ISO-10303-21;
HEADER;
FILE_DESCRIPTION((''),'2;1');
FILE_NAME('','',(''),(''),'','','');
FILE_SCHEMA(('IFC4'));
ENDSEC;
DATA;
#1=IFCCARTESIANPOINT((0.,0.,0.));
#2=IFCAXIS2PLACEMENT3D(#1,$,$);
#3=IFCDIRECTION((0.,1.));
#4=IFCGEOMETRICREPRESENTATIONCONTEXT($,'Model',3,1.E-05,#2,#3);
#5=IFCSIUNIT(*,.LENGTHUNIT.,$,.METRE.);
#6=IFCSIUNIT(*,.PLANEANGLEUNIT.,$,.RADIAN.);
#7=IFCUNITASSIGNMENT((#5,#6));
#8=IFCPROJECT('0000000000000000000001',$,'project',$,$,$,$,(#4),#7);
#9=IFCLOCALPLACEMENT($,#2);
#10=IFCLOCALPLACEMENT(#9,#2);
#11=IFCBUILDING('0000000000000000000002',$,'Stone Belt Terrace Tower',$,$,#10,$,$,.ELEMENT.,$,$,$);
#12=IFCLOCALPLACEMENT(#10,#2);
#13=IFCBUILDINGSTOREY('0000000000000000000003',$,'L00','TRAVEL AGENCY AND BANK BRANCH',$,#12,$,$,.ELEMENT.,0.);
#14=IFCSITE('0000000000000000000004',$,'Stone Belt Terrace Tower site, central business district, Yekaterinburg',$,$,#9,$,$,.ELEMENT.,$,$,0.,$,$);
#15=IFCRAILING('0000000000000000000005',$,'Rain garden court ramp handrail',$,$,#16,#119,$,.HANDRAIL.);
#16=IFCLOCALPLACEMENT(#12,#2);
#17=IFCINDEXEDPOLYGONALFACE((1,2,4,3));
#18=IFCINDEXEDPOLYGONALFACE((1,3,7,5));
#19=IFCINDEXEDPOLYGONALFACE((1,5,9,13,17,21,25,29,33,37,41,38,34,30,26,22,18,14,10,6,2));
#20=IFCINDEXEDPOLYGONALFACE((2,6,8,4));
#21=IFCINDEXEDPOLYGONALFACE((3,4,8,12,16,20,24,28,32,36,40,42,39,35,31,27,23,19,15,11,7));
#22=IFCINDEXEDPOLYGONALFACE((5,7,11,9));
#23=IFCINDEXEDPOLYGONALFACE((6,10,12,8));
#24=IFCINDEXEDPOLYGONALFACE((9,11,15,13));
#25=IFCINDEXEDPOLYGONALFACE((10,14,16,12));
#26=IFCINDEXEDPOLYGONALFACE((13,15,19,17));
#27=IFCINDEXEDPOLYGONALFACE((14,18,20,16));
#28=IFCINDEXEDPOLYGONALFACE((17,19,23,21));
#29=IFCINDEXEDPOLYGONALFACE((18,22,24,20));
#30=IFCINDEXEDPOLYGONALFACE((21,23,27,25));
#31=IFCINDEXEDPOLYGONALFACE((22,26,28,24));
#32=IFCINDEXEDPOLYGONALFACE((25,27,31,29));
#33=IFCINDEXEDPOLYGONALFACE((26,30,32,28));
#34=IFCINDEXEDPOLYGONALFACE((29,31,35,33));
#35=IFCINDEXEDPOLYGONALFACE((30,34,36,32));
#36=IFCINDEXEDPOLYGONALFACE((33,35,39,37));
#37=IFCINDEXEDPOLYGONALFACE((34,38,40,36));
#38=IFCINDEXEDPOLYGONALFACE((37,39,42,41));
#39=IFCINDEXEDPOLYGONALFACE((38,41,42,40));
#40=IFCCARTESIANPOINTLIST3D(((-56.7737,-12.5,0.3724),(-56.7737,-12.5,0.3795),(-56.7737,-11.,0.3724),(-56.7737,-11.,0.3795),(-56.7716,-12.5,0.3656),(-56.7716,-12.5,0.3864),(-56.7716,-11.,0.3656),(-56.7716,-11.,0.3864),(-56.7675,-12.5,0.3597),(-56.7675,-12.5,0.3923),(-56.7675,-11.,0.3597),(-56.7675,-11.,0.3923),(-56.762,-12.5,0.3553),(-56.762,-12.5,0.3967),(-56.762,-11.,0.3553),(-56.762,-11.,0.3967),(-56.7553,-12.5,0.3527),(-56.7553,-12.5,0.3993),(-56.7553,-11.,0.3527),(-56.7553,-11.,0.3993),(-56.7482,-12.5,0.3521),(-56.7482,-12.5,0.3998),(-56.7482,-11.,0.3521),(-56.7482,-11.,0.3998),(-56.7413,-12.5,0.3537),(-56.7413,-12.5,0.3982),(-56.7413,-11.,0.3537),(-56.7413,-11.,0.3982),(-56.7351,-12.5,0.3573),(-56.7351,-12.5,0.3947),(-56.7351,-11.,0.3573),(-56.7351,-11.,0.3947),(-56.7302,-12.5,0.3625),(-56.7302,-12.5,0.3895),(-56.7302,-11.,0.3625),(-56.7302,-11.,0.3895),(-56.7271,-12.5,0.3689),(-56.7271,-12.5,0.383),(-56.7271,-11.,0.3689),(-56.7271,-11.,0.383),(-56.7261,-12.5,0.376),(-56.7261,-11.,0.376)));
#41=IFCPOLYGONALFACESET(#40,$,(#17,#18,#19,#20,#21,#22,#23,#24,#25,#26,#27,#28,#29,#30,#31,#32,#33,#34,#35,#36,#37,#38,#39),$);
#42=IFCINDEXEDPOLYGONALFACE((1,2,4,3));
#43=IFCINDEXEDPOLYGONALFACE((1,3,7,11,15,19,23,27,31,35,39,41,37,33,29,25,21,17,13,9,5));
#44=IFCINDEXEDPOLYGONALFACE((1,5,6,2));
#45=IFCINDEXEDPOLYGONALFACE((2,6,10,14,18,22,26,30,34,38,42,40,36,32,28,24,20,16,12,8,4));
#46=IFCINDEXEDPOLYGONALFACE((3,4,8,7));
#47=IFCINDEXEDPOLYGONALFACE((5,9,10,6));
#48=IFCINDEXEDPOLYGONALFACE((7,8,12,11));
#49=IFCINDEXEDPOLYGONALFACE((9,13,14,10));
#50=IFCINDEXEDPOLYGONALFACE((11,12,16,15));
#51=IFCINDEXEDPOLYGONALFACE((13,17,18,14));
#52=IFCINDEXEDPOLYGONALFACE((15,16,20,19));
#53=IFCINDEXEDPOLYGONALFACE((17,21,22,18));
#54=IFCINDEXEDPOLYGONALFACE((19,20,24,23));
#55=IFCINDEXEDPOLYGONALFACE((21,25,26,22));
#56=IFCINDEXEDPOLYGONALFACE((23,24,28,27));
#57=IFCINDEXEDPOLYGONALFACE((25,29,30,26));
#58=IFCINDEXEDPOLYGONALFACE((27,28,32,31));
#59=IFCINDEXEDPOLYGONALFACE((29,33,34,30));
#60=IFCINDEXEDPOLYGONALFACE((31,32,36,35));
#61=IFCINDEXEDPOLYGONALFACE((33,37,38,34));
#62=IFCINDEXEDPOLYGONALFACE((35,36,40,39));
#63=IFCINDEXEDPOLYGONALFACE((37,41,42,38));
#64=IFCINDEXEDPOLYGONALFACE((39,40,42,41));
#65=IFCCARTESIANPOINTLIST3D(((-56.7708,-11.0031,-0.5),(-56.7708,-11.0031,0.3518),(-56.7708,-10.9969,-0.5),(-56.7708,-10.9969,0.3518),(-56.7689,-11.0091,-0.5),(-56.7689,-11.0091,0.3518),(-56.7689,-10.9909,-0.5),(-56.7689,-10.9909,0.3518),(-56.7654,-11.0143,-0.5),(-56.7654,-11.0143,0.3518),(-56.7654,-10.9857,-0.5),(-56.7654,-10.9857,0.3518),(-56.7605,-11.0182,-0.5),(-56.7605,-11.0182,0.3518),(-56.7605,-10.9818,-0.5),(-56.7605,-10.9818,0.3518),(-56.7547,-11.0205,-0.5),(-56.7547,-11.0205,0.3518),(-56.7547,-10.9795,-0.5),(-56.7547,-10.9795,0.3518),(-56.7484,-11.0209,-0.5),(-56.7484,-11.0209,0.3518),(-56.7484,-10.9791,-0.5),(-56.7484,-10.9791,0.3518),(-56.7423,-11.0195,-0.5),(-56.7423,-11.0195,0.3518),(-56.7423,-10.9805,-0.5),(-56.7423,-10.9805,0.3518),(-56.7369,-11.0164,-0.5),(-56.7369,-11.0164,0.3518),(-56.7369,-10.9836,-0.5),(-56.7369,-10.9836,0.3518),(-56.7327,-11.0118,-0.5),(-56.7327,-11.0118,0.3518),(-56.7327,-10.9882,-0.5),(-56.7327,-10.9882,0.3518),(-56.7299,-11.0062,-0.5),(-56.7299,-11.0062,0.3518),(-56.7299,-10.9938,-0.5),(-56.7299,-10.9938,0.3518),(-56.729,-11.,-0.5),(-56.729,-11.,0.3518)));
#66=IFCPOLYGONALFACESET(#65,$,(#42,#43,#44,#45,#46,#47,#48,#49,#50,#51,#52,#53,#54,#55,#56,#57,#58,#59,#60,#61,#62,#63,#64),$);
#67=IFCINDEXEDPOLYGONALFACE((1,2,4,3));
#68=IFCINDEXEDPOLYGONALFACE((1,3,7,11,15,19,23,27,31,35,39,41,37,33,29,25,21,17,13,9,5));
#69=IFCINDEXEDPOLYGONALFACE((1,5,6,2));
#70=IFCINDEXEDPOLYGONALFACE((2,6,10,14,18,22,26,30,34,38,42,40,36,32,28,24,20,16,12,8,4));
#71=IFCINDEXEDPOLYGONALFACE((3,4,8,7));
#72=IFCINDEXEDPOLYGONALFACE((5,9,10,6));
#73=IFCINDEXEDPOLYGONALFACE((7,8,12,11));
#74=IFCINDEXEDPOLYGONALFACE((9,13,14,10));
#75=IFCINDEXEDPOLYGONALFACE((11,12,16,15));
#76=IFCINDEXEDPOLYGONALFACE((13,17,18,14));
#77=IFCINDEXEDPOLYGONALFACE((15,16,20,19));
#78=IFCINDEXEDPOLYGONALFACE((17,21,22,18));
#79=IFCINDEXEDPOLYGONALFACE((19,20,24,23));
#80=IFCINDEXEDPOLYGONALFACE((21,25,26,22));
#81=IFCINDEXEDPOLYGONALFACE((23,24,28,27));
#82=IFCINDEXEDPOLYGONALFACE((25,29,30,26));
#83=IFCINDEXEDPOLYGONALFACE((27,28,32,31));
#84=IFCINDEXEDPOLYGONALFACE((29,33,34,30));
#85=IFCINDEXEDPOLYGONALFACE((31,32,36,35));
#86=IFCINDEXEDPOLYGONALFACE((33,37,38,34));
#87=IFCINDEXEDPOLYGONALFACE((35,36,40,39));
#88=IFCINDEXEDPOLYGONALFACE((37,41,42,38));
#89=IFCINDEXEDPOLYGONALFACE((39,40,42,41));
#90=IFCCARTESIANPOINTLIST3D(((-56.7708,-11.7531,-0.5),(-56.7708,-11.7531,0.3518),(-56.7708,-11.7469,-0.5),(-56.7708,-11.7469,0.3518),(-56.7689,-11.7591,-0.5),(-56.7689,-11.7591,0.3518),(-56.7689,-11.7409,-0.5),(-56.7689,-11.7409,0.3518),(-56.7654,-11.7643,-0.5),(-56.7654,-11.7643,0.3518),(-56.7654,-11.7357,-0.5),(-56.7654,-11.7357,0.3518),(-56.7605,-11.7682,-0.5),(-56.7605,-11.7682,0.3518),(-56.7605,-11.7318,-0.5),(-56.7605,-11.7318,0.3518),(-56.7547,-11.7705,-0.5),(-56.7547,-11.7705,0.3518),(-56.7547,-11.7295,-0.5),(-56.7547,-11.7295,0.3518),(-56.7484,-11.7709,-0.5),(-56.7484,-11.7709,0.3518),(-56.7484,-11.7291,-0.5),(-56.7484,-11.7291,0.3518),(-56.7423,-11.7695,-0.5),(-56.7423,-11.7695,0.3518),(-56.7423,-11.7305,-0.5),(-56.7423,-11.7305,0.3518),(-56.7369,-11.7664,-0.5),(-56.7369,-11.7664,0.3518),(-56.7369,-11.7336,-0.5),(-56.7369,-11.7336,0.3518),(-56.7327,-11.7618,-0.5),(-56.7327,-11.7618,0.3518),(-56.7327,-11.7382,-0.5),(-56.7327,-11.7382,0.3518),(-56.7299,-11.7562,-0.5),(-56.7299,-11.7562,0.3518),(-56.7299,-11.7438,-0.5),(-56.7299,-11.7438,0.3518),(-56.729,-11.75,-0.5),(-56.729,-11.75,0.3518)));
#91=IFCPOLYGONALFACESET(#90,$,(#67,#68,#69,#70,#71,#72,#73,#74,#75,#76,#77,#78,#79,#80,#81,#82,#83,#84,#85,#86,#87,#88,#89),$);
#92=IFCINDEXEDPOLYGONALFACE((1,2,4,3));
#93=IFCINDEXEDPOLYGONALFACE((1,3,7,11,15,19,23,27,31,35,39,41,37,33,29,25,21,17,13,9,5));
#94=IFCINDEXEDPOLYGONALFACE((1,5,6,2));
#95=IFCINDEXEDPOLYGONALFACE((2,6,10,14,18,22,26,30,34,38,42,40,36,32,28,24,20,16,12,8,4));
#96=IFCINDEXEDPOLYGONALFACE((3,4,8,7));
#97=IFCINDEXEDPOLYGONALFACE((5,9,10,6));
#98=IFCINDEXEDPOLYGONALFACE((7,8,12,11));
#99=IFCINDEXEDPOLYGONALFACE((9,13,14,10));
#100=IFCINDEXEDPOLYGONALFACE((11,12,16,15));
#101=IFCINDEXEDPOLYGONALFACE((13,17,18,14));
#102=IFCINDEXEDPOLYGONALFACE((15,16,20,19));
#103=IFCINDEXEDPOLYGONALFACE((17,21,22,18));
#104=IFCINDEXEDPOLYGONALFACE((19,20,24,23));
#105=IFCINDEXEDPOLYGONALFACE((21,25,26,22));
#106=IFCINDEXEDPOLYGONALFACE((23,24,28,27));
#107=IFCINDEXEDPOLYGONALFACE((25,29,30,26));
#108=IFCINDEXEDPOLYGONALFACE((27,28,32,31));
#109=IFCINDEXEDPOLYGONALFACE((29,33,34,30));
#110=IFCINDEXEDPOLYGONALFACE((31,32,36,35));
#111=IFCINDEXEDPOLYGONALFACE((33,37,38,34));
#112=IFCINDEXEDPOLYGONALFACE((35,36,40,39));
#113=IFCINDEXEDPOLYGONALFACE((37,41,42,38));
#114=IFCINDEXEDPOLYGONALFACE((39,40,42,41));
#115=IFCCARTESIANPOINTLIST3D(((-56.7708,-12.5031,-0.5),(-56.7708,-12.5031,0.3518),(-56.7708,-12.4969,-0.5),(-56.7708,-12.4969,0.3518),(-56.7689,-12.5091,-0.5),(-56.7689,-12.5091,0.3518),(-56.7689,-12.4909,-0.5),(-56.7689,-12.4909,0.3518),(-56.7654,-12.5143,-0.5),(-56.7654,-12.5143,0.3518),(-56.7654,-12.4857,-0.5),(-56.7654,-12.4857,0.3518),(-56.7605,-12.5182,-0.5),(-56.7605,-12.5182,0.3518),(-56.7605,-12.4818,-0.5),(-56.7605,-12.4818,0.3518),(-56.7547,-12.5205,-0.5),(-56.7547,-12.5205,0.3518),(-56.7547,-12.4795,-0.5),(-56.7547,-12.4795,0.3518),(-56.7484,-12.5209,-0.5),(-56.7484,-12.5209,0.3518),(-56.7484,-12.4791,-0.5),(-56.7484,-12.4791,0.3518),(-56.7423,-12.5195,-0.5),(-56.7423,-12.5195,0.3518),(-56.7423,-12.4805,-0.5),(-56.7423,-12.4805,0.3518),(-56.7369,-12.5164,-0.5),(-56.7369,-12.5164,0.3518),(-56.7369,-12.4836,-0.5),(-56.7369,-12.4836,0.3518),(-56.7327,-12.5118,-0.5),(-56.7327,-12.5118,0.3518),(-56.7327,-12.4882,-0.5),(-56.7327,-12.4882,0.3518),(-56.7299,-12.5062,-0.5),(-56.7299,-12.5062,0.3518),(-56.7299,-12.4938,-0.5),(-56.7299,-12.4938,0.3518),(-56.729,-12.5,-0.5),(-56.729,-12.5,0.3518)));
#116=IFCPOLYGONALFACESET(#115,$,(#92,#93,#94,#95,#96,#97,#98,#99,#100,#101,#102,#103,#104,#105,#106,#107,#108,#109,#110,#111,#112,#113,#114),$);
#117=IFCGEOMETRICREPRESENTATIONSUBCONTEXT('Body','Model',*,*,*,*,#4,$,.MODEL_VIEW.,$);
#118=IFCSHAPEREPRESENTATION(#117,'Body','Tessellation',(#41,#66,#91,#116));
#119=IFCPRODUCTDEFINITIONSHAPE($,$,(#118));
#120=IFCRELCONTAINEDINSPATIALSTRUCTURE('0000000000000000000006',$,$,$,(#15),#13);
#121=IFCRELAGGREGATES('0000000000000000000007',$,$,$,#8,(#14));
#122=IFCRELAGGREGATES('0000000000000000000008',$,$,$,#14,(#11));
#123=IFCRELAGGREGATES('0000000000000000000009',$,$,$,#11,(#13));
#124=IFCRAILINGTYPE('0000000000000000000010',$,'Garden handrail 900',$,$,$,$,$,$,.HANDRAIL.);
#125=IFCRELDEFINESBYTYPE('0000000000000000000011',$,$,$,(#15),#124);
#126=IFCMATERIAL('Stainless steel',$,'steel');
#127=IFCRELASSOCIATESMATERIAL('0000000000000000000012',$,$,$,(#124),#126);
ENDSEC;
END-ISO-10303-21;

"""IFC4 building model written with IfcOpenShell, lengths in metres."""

from ifc_helpers import new_model, si_unit, direction, frame, origin, origin_2d, place, context, subcontext, project, spatial, circle, extrude, material, type_object, element, save


model = new_model("IFC4")

# Units and contexts
model_context = context("Model", 3, precision=1e-05, world=origin(), true_north=direction((0.0, 1.0)))
body_context = subcontext(model_context, "Body", "Model", "MODEL_VIEW")
ifc_project = project(units=[si_unit("LENGTHUNIT", "METRE"), si_unit("PLANEANGLEUNIT", "RADIAN")], contexts=[model_context])

# Site, building, storey
site_placement = place(None, origin())
site = spatial("IfcSite", under=ifc_project, at=site_placement, Name="Stone Belt Terrace Tower site, central business district, Yekaterinburg", CompositionType="ELEMENT", RefElevation=0.0)
building_placement = place(site_placement, origin())
building = spatial("IfcBuilding", under=site, at=building_placement, Name="Stone Belt Terrace Tower", CompositionType="ELEMENT")
storey_placement = place(building_placement, origin())
storey = spatial("IfcBuildingStorey", under=building, at=storey_placement, Name="L00", Description="TRAVEL AGENCY AND BANK BRANCH", CompositionType="ELEMENT", Elevation=0.0)

# Railing
ifc_material_1 = material(Name="Stainless steel", Category="steel")
railing_type_1 = type_object("IfcRailingType", Name="Garden handrail 900", PredefinedType="HANDRAIL", material=ifc_material_1)
railing_1_placement = place(storey_placement, frame((-56.75, -11.0, -0.5)))
element("IfcRailing", 1, at=railing_1_placement, inside=storey, type_object=railing_type_1, Name="Rain garden court ramp handrail", PredefinedType="HANDRAIL", context=body_context, shape_type="SweptSolid", body=[
    extrude(circle(Radius=0.0239, at=origin_2d()), frame((0.0, 0.0, 0.876), z_axis=(0.0, -1.0, 0.0), x_axis=(1.0, 0.0, 0.0)), (0.0, 0.0, 1.0), 1.5),
    extrude(circle(Radius=0.021, at=origin_2d()), origin(), (0.0, 0.0, 1.0), 0.8518),
    extrude(circle(Radius=0.021, at=origin_2d()), frame((0.0, -0.75, 0.0)), (0.0, 0.0, 1.0), 0.8518),
    extrude(circle(Radius=0.021, at=origin_2d()), frame((0.0, -1.5, 0.0)), (0.0, 0.0, 1.0), 0.8518),
])

save(model, "model.ifc")
